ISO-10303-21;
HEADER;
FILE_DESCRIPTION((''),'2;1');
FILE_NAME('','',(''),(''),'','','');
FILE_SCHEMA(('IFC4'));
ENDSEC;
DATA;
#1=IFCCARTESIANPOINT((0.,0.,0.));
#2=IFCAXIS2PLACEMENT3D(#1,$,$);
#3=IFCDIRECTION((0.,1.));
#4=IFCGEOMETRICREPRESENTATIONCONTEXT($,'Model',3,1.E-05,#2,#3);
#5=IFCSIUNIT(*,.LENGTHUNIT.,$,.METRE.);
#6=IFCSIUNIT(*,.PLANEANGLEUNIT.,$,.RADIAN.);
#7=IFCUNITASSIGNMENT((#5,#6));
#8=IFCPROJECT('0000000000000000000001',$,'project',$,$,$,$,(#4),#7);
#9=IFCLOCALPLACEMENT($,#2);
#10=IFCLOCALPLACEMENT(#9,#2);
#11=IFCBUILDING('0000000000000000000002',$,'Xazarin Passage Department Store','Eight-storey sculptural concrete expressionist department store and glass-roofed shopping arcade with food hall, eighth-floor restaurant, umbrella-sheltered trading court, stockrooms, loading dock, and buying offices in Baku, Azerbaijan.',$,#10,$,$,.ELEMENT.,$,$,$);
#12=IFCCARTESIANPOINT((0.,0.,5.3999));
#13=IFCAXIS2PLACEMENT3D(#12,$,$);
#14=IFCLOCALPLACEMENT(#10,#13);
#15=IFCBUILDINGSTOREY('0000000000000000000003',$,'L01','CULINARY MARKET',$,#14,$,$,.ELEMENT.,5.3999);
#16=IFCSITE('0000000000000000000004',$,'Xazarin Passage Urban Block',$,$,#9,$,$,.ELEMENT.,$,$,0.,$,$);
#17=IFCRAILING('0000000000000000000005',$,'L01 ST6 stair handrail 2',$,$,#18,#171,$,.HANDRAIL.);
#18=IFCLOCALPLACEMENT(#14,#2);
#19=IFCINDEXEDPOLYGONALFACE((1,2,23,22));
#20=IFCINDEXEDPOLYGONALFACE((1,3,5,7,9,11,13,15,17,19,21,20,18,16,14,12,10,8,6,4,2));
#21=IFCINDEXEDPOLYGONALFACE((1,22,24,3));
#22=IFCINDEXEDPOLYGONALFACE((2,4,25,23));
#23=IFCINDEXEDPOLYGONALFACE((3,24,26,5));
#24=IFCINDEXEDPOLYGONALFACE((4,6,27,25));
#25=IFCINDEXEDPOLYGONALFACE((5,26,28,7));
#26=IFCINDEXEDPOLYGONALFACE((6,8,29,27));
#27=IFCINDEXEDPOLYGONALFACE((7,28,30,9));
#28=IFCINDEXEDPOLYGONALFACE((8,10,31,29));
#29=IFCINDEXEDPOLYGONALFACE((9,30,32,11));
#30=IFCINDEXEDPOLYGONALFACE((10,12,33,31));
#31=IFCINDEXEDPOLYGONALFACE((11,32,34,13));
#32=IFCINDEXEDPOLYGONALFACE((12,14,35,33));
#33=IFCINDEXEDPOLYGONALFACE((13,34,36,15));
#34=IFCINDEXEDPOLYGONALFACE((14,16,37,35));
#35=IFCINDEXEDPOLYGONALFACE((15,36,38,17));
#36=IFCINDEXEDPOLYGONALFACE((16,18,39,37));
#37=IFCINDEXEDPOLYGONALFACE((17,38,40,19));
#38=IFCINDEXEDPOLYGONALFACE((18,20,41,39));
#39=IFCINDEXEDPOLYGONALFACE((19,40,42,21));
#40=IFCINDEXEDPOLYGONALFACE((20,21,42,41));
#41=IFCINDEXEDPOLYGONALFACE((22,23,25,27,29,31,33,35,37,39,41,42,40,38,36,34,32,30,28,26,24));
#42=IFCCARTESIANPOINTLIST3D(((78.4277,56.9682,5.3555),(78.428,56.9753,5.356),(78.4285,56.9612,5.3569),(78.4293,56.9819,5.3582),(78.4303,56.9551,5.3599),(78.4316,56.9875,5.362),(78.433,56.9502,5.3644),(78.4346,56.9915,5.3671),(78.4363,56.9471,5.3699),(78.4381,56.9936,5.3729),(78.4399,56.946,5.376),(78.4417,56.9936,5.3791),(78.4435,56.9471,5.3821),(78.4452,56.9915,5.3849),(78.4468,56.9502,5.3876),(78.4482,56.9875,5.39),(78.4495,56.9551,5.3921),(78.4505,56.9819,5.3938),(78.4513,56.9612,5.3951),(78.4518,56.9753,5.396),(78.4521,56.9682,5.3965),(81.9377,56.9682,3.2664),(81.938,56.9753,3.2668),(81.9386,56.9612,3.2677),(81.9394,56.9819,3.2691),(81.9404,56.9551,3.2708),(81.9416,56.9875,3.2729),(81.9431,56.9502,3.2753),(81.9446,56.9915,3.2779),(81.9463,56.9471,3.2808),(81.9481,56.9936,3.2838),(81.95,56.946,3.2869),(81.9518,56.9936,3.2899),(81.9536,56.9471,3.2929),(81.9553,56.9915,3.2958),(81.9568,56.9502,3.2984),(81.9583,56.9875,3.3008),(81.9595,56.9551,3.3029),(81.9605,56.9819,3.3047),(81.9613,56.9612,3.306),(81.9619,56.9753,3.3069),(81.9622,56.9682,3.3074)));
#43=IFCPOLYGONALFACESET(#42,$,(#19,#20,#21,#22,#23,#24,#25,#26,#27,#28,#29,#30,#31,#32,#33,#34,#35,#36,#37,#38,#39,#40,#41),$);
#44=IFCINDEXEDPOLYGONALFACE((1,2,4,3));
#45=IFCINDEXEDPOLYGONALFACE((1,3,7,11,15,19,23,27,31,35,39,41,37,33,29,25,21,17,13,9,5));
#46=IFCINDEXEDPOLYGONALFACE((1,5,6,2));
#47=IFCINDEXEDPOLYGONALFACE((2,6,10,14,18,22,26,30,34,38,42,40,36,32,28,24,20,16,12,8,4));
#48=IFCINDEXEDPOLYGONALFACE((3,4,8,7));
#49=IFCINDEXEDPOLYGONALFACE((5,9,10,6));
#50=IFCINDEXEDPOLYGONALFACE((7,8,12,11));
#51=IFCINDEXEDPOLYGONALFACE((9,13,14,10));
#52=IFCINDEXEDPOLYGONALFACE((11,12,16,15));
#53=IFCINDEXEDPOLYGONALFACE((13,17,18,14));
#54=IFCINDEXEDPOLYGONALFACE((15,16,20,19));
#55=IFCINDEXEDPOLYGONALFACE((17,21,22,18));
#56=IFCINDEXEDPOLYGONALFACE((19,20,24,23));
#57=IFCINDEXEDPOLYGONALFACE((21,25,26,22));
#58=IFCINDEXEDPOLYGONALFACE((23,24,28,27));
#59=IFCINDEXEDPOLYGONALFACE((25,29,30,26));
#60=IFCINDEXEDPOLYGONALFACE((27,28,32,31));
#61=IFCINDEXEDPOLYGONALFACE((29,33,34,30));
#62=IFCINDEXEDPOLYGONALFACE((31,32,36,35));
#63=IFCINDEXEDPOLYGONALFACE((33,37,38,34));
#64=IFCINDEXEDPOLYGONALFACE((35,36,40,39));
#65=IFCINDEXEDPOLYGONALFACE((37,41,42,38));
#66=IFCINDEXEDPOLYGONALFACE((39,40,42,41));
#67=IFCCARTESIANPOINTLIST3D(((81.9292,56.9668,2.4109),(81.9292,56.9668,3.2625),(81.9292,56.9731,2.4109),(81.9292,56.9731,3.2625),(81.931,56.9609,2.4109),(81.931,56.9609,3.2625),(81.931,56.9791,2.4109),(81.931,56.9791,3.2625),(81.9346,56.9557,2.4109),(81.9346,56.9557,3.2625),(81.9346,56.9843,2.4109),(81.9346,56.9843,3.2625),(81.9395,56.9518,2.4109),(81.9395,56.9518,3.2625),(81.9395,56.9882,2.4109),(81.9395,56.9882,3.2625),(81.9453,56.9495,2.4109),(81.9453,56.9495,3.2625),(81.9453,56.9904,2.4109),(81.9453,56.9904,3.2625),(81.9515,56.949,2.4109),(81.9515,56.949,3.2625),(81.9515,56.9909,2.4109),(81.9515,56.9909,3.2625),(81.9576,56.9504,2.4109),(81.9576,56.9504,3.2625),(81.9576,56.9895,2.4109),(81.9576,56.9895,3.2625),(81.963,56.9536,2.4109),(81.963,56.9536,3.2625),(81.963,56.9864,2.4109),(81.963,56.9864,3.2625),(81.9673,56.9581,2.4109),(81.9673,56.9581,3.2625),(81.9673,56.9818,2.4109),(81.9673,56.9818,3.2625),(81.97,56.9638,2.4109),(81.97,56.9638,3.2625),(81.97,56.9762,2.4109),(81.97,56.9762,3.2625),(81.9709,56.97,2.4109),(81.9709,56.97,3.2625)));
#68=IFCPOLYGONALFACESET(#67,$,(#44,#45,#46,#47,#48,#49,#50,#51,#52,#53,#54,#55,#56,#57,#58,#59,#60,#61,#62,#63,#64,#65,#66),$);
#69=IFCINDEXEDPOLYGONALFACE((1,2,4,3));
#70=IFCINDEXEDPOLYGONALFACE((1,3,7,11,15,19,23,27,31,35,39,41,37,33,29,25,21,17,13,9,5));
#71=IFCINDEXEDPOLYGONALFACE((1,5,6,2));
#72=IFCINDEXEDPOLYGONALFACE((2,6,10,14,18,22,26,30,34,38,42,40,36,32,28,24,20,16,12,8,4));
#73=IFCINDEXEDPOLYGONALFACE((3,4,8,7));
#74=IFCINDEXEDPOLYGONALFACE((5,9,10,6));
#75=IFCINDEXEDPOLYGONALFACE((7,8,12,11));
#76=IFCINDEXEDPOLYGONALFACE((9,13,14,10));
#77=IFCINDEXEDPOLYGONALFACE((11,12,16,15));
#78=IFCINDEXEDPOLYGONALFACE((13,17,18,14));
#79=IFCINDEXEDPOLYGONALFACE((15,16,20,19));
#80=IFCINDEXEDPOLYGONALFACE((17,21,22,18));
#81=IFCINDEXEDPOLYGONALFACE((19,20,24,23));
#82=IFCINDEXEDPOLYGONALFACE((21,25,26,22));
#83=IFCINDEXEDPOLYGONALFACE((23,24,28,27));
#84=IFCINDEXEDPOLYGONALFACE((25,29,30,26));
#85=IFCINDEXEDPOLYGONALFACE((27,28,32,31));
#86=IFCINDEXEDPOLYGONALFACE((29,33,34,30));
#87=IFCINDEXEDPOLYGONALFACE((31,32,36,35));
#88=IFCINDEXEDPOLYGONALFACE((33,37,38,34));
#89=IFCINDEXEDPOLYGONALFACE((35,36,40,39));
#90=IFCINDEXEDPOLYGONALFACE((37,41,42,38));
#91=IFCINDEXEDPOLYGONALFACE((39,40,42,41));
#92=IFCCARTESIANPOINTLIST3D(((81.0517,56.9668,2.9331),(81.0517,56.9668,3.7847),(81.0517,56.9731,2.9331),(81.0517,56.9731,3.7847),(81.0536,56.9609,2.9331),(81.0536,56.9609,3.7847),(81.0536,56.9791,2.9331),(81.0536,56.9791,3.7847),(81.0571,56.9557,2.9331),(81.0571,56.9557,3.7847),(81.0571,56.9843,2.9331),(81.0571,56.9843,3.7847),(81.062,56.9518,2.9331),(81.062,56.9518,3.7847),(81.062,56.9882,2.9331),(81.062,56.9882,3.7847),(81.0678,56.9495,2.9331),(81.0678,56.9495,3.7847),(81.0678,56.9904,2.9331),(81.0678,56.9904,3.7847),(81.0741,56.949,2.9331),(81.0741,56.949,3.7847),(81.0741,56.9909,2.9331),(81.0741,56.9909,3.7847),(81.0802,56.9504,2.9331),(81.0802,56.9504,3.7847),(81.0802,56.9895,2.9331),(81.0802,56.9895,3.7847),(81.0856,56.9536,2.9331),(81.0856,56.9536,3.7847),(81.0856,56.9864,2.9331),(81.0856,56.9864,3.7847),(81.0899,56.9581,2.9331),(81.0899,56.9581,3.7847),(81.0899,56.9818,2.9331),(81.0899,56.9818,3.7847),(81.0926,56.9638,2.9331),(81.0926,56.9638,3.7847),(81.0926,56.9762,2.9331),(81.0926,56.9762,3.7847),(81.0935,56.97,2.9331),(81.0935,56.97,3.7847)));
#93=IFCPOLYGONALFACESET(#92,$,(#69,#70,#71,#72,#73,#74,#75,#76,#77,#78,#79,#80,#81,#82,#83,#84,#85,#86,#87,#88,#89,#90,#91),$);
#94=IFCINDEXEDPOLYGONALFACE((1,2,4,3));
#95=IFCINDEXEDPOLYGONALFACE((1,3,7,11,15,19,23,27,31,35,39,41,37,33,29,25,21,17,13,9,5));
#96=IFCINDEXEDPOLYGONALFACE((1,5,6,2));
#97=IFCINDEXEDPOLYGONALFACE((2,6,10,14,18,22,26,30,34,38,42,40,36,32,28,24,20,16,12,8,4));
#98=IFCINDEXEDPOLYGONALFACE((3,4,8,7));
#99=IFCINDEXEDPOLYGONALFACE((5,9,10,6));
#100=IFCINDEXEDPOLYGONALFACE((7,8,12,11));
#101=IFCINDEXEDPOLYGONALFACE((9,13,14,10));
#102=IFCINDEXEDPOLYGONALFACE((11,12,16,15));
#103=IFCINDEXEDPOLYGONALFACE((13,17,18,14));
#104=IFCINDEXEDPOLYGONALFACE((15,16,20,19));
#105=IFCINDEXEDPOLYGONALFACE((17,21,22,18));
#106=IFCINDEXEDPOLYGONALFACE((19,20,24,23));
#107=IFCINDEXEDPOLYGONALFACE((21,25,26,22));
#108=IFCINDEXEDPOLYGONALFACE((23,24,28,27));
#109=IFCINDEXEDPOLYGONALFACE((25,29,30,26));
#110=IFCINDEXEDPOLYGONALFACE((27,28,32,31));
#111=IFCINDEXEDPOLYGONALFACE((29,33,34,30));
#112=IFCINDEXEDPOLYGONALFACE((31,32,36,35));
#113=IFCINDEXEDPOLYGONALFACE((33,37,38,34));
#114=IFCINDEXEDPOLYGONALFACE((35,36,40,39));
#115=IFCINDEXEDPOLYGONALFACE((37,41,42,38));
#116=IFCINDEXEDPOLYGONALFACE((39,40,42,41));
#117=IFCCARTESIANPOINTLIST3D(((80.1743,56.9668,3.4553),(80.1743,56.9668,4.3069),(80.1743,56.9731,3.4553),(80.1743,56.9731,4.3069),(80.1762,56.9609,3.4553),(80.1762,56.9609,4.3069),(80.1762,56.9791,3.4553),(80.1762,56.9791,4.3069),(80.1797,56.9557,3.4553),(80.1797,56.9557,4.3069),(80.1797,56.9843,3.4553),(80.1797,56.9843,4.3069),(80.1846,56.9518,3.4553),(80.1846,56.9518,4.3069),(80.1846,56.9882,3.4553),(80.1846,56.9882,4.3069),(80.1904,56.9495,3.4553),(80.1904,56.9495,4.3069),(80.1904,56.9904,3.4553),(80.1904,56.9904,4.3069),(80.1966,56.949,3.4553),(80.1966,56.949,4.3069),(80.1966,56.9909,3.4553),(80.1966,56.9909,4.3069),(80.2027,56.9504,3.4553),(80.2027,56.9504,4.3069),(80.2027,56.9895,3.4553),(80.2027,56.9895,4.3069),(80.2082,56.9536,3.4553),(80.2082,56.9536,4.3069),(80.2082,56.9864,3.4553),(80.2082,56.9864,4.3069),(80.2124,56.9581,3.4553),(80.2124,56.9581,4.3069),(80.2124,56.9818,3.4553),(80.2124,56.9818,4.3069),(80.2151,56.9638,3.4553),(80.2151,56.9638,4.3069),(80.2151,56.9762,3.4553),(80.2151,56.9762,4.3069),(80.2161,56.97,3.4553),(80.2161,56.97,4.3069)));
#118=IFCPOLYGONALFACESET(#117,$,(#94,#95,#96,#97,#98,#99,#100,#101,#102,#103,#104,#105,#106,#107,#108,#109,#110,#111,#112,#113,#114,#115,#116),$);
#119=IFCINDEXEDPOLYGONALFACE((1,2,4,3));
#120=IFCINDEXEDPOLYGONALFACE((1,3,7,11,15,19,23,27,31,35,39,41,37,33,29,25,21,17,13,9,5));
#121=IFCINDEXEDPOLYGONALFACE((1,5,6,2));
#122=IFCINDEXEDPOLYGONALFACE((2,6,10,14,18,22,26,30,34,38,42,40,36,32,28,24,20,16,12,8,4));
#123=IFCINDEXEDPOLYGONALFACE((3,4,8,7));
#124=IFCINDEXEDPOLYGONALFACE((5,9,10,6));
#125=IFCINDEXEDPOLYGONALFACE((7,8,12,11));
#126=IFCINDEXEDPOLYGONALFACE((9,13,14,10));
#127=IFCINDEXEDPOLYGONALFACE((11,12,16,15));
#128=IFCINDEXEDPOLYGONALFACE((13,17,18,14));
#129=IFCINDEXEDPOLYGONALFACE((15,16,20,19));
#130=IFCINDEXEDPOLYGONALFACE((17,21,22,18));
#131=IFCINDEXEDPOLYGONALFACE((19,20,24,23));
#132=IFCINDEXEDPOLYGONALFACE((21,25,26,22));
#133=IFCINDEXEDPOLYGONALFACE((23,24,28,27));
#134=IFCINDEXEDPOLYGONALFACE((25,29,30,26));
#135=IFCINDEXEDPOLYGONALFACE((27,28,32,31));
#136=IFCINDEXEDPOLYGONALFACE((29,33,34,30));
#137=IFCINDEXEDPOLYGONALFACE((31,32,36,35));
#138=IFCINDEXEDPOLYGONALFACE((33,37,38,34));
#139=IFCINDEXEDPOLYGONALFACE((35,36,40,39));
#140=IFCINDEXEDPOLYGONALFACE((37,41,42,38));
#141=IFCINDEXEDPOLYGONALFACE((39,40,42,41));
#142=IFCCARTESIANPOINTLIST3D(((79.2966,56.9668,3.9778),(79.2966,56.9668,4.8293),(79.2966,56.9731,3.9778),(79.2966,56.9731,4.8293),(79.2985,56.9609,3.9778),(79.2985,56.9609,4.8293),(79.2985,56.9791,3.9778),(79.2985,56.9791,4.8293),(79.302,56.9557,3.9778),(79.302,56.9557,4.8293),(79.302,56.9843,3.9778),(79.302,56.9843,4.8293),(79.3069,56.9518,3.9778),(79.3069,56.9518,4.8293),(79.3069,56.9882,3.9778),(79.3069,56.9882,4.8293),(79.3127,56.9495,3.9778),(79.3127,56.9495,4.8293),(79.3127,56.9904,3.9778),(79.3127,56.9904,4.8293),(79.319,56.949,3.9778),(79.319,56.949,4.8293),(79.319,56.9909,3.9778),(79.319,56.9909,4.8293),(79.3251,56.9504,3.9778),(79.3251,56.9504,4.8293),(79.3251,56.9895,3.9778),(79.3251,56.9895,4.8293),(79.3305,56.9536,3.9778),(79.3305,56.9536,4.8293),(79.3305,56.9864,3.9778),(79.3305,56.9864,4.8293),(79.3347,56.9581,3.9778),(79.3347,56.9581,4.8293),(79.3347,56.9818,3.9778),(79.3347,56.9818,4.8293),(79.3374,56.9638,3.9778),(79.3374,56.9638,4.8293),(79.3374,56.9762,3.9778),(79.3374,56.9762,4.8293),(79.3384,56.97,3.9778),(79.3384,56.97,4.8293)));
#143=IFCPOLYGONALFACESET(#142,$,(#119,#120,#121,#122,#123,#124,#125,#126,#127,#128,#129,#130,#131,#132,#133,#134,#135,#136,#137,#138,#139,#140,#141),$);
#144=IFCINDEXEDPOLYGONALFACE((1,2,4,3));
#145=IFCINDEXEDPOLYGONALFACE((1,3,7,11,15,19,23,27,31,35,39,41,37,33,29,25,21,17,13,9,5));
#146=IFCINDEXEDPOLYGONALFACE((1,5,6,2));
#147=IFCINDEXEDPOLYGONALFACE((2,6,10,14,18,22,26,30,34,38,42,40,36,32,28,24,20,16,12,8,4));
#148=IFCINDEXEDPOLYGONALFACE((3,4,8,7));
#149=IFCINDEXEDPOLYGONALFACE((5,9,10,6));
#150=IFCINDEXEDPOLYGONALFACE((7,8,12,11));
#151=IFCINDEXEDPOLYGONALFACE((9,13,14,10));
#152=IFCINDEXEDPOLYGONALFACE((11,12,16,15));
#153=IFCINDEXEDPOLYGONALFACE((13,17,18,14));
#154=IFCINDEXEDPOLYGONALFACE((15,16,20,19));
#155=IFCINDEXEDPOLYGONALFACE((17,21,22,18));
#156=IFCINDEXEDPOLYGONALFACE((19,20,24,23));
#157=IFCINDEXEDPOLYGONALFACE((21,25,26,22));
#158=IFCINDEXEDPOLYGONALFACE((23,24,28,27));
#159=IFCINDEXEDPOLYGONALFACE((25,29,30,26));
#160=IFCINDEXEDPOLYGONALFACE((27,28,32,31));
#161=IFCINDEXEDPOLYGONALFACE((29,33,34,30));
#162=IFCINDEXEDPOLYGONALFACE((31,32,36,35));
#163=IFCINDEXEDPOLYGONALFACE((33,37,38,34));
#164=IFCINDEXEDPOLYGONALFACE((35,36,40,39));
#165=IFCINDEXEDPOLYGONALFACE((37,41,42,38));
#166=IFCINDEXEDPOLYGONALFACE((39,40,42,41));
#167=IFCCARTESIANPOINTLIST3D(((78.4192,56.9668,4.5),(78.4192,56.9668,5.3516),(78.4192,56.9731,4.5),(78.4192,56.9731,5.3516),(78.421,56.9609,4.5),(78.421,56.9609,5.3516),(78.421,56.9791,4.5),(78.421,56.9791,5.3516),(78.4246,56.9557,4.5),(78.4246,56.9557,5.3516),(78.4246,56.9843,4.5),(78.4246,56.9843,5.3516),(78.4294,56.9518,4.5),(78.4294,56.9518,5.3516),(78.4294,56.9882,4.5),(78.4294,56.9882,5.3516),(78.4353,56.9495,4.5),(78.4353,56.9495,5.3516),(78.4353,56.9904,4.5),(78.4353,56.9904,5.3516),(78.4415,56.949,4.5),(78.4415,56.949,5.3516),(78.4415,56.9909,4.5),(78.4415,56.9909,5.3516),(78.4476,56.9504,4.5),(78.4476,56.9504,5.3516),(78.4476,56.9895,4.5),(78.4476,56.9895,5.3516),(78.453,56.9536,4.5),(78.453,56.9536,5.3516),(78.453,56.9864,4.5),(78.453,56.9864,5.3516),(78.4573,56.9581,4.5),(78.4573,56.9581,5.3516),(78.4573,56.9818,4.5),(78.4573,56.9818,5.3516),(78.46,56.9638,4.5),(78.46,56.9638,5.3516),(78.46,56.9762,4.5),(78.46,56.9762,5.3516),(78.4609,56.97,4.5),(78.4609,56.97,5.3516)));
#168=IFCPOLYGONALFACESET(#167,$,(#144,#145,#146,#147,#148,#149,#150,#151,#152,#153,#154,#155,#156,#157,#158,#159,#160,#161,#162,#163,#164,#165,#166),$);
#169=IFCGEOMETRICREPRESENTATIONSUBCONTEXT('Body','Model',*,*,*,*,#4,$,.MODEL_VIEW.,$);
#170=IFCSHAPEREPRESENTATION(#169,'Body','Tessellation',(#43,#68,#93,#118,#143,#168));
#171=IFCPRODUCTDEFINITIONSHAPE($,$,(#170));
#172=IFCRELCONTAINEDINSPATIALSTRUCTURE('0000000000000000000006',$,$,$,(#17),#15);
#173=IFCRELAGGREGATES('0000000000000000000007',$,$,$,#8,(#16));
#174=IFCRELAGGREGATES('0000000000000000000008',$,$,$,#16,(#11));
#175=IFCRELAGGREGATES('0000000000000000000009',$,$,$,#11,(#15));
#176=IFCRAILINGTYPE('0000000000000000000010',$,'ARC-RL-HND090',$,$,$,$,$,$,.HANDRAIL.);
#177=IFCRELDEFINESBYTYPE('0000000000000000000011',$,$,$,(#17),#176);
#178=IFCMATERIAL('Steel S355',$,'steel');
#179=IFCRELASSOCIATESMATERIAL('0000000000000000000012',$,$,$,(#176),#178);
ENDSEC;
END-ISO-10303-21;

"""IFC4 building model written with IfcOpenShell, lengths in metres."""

from ifc_helpers import new_model, si_unit, direction, frame, origin, origin_2d, place, context, subcontext, project, spatial, circle, extrude, material, type_object, element, save


model = new_model("IFC4")

# Units and contexts
model_context = context("Model", 3, precision=1e-05, world=origin(), true_north=direction((0.0, 1.0)))
body_context = subcontext(model_context, "Body", "Model", "MODEL_VIEW")
ifc_project = project(units=[si_unit("LENGTHUNIT", "METRE"), si_unit("PLANEANGLEUNIT", "RADIAN")], contexts=[model_context])

# Site, building, storey
site_placement = place(None, origin())
site = spatial("IfcSite", under=ifc_project, at=site_placement, Name="Xazarin Passage Urban Block", CompositionType="ELEMENT", RefElevation=0.0)
building_placement = place(site_placement, origin())
building = spatial("IfcBuilding", under=site, at=building_placement, Name="Xazarin Passage Department Store", Description="Eight-storey sculptural concrete expressionist department store and glass-roofed shopping arcade with food hall, eighth-floor restaurant, umbrella-sheltered trading court, stockrooms, loading dock, and buying offices in Baku, Azerbaijan.", CompositionType="ELEMENT")
storey_placement = place(building_placement, frame((0.0, 0.0, 5.3999)))
storey = spatial("IfcBuildingStorey", under=building, at=storey_placement, Name="L01", Description="CULINARY MARKET", CompositionType="ELEMENT", Elevation=5.3999)

# Shared definitions
ifc_material_1 = material(Name="Steel S355", Category="steel")

# Railing
railing_type_1 = type_object("IfcRailingType", Name="ARC-RL-HND090", PredefinedType="HANDRAIL", material=ifc_material_1)
railing_1_placement = place(storey_placement, frame((81.95, 56.97, 2.4109)))
element("IfcRailing", 1, at=railing_1_placement, inside=storey, type_object=railing_type_1, Name="L01 ST6 stair handrail 2", PredefinedType="HANDRAIL", context=body_context, shape_type="SweptSolid", body=[
    extrude(circle(Radius=0.0239, at=origin_2d()), frame((0.0, 0.0, 0.876), z_axis=(-0.859312, 0.0, 0.511451), x_axis=(0.0, -1.0, 0.0)), (0.0, 0.0, 1.0), 4.0847),
    extrude(circle(Radius=0.021, at=origin_2d()), origin(), (0.0, 0.0, 1.0), 0.8516),
    extrude(circle(Radius=0.021, at=origin_2d()), frame((-0.8774, 0.0, 0.5222)), (0.0, 0.0, 1.0), 0.8516),
    extrude(circle(Radius=0.021, at=origin_2d()), frame((-1.7549, 0.0, 1.0444)), (0.0, 0.0, 1.0), 0.8516),
    extrude(circle(Radius=0.021, at=origin_2d()), frame((-2.6326, 0.0, 1.5669)), (0.0, 0.0, 1.0), 0.8516),
    extrude(circle(Radius=0.021, at=origin_2d()), frame((-3.51, 0.0, 2.0891)), (0.0, 0.0, 1.0), 0.8516),
])

save(model, "model.ifc")
